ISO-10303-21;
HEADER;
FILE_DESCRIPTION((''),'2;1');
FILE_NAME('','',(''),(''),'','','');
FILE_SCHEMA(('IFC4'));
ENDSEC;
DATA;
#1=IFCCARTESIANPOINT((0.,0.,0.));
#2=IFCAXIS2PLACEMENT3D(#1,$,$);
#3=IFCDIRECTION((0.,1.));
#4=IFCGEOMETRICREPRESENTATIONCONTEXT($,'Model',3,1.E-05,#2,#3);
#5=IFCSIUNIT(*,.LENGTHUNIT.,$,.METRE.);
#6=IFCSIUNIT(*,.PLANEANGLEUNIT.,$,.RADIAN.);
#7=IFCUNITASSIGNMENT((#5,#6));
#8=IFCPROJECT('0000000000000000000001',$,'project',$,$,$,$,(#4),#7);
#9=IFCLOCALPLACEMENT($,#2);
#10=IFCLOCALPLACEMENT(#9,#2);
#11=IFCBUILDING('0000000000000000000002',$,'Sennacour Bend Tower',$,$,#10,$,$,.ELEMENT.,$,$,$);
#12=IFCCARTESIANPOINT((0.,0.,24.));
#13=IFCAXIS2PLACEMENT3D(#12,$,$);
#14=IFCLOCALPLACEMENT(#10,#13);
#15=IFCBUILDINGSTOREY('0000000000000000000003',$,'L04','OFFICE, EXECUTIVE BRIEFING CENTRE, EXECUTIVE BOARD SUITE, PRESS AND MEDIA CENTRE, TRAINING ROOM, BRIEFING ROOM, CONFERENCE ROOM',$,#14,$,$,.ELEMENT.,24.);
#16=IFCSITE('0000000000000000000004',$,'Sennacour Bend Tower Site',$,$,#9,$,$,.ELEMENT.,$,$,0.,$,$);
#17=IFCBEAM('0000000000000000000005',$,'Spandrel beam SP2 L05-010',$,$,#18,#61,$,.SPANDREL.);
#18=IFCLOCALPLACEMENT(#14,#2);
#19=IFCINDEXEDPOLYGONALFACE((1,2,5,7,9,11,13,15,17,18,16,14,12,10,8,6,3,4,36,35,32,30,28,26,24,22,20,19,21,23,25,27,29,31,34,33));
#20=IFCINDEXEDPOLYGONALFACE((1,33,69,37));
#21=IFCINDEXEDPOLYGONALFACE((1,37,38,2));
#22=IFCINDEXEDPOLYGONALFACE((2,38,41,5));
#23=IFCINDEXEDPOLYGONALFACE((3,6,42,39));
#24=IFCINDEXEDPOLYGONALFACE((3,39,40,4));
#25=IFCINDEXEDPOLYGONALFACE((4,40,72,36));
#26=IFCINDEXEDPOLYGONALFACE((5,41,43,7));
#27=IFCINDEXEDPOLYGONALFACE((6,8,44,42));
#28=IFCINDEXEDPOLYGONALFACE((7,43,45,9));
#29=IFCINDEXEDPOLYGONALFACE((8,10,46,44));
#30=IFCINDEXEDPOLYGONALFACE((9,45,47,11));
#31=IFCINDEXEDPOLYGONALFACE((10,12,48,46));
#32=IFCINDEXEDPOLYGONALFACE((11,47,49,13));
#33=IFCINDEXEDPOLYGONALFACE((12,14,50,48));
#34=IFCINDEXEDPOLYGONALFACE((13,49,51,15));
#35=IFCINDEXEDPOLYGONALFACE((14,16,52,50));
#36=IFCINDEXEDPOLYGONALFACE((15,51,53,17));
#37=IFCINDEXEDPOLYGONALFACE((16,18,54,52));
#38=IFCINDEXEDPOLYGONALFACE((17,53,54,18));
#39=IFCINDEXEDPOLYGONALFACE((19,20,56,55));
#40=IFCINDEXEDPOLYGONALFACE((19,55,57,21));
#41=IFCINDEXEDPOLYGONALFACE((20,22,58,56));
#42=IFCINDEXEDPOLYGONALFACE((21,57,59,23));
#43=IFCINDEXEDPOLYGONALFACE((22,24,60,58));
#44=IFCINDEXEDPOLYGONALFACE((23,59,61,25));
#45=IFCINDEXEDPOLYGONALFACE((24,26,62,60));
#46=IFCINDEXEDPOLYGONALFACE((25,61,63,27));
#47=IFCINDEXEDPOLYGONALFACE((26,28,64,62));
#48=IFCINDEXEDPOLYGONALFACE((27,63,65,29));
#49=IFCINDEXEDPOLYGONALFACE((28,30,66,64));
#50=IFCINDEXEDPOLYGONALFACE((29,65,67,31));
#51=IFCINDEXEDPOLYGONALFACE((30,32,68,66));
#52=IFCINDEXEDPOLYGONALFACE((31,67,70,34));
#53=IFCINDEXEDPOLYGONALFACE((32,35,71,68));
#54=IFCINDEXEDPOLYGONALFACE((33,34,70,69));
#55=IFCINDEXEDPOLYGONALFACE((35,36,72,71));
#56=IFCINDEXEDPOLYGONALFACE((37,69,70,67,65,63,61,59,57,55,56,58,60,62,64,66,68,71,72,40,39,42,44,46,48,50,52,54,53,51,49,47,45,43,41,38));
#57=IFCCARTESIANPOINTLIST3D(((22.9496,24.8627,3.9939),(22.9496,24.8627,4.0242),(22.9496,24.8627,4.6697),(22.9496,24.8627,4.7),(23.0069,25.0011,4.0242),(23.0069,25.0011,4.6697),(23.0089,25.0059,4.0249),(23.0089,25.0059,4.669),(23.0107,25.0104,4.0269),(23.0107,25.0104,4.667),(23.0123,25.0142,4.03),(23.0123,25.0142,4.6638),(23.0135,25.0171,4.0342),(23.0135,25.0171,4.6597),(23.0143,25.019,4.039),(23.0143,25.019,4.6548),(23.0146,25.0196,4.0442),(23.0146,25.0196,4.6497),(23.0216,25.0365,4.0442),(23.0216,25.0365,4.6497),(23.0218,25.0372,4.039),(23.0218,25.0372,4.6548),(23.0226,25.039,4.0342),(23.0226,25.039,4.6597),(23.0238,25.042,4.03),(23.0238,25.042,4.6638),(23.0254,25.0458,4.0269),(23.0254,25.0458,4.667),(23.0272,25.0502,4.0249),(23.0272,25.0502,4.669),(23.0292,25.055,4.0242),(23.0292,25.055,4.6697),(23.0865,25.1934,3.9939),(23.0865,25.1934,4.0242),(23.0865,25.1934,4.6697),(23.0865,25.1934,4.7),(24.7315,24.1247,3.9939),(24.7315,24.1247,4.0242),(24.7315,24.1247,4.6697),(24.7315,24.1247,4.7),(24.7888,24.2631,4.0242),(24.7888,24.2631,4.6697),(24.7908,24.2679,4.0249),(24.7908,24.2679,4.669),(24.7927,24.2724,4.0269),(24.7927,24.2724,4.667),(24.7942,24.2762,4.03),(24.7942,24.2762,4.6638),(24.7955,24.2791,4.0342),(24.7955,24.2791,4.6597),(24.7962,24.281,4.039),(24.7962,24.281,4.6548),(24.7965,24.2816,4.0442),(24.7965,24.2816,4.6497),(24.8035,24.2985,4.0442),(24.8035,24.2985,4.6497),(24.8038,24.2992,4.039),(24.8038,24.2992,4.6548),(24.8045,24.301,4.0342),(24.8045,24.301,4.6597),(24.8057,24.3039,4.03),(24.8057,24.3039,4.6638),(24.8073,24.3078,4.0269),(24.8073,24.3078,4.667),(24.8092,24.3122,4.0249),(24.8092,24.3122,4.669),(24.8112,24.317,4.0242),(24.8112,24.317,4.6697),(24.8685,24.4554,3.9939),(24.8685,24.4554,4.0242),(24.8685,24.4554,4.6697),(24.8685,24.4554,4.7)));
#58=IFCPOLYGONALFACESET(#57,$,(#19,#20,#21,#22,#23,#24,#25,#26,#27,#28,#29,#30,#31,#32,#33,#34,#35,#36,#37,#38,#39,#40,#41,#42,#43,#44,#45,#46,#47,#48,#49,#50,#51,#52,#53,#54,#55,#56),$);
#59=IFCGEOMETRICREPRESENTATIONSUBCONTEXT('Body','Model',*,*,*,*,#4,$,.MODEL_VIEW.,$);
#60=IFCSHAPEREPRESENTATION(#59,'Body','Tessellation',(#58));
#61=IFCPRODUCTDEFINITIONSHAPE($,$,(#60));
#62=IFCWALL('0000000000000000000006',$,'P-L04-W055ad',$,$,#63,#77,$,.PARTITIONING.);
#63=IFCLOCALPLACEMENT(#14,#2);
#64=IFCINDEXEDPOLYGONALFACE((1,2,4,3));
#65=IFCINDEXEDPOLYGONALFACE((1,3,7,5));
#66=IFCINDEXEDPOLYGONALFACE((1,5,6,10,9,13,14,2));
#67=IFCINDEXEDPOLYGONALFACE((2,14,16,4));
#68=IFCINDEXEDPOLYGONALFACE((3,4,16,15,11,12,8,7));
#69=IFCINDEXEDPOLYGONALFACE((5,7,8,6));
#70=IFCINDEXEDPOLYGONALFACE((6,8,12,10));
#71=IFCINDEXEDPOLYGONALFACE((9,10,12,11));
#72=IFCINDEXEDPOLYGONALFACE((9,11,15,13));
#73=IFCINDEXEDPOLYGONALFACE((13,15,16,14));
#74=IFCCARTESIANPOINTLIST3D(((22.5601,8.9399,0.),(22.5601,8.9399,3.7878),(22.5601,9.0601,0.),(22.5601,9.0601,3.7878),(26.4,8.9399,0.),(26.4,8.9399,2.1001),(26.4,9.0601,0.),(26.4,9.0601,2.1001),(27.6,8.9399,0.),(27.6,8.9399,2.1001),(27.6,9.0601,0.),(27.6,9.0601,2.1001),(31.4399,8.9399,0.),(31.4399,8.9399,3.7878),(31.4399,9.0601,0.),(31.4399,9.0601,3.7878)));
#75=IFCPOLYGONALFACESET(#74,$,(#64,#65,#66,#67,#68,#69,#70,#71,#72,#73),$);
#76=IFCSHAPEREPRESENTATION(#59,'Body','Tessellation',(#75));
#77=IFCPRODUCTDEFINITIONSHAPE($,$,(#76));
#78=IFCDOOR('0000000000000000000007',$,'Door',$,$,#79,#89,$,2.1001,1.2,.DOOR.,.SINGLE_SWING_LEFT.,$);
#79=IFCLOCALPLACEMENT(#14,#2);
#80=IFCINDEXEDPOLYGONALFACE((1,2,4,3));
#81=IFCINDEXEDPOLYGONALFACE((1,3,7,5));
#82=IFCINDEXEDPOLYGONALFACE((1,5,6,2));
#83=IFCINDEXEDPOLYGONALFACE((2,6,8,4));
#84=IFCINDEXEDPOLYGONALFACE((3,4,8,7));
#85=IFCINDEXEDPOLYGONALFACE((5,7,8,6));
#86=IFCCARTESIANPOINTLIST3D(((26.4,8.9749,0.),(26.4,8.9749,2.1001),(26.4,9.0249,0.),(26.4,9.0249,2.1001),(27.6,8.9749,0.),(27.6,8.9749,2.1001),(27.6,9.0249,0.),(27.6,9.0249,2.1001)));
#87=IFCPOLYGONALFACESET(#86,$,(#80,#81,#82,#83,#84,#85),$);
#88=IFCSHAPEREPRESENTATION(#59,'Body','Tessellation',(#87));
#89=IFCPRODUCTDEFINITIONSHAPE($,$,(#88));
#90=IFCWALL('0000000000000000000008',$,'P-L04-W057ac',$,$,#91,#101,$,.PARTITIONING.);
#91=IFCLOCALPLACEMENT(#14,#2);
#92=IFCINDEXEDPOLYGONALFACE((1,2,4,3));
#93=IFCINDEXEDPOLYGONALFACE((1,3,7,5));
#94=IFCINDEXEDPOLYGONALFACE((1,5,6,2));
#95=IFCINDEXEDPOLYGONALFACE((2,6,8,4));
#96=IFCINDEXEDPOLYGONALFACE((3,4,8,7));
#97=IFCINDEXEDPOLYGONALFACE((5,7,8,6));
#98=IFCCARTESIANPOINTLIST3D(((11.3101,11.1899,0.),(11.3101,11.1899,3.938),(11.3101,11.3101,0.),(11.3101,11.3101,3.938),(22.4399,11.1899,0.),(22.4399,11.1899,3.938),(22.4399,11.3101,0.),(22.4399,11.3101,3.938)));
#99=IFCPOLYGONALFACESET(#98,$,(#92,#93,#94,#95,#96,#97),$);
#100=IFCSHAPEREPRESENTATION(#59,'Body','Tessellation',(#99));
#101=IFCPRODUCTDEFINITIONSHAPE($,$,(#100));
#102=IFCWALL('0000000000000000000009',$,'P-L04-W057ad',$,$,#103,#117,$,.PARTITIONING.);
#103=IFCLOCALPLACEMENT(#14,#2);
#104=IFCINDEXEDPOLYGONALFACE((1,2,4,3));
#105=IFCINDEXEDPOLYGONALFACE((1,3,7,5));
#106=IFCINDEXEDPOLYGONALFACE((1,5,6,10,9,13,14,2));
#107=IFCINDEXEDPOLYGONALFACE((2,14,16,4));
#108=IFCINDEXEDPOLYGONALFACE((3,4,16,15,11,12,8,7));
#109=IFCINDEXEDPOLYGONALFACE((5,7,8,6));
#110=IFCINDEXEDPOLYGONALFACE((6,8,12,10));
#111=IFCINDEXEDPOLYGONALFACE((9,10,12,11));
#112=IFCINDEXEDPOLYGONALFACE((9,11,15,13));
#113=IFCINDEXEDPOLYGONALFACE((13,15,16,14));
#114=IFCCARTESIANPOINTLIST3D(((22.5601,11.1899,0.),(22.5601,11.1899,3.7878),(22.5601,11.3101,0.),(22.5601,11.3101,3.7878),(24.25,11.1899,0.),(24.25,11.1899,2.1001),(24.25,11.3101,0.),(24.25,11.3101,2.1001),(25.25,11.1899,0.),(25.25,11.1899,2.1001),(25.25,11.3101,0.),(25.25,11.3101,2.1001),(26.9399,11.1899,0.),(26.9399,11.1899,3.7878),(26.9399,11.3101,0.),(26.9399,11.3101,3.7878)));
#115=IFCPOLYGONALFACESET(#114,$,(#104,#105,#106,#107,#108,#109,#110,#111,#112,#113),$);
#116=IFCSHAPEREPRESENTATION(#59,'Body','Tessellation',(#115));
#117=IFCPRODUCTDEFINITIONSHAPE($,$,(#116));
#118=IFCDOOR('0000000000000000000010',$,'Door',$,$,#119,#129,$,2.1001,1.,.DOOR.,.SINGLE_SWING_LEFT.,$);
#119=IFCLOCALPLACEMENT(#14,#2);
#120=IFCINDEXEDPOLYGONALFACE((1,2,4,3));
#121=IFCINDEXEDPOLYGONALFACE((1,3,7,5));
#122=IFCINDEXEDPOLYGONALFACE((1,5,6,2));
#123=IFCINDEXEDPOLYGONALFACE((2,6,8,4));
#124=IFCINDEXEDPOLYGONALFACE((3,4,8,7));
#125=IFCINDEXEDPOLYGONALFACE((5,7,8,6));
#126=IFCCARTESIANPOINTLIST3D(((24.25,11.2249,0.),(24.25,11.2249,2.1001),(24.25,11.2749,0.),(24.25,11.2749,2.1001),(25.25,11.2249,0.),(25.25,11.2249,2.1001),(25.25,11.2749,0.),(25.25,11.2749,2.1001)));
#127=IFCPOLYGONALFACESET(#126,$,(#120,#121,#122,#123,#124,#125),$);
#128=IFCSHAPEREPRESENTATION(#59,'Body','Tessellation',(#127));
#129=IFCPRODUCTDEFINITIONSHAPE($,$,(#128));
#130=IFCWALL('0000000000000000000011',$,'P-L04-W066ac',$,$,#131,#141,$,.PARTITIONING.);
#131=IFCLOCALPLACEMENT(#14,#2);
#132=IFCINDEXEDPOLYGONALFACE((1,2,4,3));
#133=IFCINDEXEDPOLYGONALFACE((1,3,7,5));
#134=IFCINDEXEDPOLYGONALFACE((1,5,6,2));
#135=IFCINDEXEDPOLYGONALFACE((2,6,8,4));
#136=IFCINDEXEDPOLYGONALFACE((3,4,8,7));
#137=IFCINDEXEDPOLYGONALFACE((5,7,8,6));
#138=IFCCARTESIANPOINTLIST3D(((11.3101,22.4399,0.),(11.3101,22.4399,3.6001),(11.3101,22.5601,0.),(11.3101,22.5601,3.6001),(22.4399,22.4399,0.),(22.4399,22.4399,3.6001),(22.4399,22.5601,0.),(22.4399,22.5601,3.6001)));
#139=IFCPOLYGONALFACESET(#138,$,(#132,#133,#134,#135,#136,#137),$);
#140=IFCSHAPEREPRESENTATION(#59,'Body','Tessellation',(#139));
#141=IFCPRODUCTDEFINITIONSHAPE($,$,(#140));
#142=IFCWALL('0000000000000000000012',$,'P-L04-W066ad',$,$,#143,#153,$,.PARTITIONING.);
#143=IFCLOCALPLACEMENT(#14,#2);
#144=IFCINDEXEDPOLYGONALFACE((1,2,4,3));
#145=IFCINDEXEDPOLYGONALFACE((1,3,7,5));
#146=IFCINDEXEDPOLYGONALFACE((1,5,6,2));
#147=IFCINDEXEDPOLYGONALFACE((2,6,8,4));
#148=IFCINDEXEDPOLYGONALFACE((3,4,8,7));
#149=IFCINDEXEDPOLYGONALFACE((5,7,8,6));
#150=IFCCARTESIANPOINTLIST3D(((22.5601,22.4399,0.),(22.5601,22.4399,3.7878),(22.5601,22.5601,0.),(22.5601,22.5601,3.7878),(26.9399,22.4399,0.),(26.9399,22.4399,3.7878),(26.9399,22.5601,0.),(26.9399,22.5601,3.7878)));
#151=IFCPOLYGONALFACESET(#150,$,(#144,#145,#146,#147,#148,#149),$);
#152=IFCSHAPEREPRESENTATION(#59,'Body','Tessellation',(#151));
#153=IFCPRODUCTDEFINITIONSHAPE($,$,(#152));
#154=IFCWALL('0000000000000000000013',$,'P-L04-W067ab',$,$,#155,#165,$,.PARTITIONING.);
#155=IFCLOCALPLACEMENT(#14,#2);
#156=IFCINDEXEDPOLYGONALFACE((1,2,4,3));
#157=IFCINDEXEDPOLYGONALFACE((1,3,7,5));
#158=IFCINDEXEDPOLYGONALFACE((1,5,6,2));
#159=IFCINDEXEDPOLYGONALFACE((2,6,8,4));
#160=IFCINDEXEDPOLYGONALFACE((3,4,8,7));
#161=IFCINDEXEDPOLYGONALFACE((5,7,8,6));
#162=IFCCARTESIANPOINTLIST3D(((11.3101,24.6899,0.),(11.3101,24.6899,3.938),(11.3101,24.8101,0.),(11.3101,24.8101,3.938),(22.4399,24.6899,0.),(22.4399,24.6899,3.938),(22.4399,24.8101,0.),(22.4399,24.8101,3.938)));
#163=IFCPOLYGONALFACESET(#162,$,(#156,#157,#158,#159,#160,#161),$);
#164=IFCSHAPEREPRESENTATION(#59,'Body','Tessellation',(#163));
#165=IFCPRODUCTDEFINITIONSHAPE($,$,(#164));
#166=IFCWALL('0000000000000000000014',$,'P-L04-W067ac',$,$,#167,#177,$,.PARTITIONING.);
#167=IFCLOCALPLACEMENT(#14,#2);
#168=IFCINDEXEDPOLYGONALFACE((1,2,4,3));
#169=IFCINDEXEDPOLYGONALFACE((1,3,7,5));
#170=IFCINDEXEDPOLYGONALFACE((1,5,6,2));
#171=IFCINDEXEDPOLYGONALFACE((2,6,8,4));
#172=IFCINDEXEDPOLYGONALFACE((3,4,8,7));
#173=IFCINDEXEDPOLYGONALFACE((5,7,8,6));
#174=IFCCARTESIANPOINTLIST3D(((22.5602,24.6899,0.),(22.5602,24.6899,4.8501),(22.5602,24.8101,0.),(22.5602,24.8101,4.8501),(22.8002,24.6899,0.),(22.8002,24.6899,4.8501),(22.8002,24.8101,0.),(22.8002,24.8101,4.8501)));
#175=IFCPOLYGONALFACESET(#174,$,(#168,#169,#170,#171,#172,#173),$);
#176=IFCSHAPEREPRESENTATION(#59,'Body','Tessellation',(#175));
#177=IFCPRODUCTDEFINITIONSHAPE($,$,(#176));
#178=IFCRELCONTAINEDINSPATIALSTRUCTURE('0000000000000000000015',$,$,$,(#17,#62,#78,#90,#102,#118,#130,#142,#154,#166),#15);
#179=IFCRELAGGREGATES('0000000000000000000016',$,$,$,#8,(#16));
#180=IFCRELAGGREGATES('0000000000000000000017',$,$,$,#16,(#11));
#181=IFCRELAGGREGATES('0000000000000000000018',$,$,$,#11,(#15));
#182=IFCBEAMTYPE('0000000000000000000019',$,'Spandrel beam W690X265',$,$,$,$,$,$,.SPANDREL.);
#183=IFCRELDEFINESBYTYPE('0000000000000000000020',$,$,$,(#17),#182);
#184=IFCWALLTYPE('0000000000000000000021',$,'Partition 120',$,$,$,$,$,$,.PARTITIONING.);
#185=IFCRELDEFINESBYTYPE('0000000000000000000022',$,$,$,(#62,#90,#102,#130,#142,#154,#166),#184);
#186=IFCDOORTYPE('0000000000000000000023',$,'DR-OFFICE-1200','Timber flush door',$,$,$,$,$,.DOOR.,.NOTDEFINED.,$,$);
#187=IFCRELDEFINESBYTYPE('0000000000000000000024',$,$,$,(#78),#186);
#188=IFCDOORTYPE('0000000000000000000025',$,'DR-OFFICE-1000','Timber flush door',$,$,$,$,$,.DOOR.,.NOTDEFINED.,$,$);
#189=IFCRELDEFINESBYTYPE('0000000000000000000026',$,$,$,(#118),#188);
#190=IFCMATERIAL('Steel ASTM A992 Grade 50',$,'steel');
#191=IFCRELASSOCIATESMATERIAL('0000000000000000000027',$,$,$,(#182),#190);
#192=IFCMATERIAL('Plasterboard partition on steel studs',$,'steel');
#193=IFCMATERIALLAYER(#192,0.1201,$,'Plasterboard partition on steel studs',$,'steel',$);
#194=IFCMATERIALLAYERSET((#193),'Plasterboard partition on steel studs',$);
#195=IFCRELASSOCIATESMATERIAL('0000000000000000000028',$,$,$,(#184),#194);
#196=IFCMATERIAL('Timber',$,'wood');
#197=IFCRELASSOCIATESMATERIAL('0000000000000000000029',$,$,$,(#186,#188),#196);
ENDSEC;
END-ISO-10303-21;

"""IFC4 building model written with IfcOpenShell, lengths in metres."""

from ifc_helpers import new_model, si_unit, direction, frame, frame_2d, origin, origin_2d, place, context, subcontext, project, spatial, rectangle, i_section, extrude, material, layer, layer_set, material_profile, profile_set, type_object, element, fill, save


model = new_model("IFC4")

# Units and contexts
model_context = context("Model", 3, precision=1e-05, world=origin(), true_north=direction((0.0, 1.0)))
body_context = subcontext(model_context, "Body", "Model", "MODEL_VIEW")
ifc_project = project(units=[si_unit("LENGTHUNIT", "METRE"), si_unit("PLANEANGLEUNIT", "RADIAN")], contexts=[model_context])

# Site, building, storey
site_placement = place(None, origin())
site = spatial("IfcSite", under=ifc_project, at=site_placement, Name="Sennacour Bend Tower Site", CompositionType="ELEMENT", RefElevation=0.0)
building_placement = place(site_placement, origin())
building = spatial("IfcBuilding", under=site, at=building_placement, Name="Sennacour Bend Tower", CompositionType="ELEMENT")
storey_placement = place(building_placement, frame((0.0, 0.0, 24.0)))
storey = spatial("IfcBuildingStorey", under=building, at=storey_placement, Name="L04", Description="OFFICE, EXECUTIVE BRIEFING CENTRE, EXECUTIVE BOARD SUITE, PRESS AND MEDIA CENTRE, TRAINING ROOM, BRIEFING ROOM, CONFERENCE ROOM", CompositionType="ELEMENT", Elevation=24.0)

# Beam
ifc_material_1 = material(Name="Steel ASTM A992 Grade 50", Category="steel")
ifc_material_profile_1 = material_profile(ifc_material_1, i_section(OverallWidth=0.3579, OverallDepth=0.7061, WebThickness=0.0183, FlangeThickness=0.0303, FilletRadius=0.02, at=origin_2d()), Name="Steel ASTM A992 Grade 50", Category="steel")
ifc_profile_set_1 = profile_set([ifc_material_profile_1], Name="Steel ASTM A992 Grade 50")
beam_type_1 = type_object("IfcBeamType", Name="Spandrel beam W690X265", PredefinedType="SPANDREL", material=ifc_profile_set_1)
beam_1_placement = place(storey_placement, frame((23.0181, 25.0281, 4.3469), z_axis=(0.923895, -0.382646, 0.0), x_axis=(0.382646, 0.923895, 0.0)))
element("IfcBeam", 1, at=beam_1_placement, inside=storey, type_object=beam_type_1, Name="Spandrel beam SP2 L05-010", PredefinedType="SPANDREL", context=body_context, shape_type="SweptSolid", body=[
    extrude(i_section(OverallWidth=0.3579, OverallDepth=0.7061, WebThickness=0.0183, FlangeThickness=0.0303, FilletRadius=0.02, at=origin_2d()), origin(), (0.0, 0.0, 1.0), 1.9287),
])

# Wall, opening, door
ifc_material_2 = material(Name="Plasterboard partition on steel studs", Category="steel")
ifc_layer = layer(ifc_material_2, 0.1201, Name="Plasterboard partition on steel studs", Category="steel")
ifc_layer_set = layer_set([ifc_layer], Name="Plasterboard partition on steel studs")
wall_type = type_object("IfcWallType", Name="Partition 120", PredefinedType="PARTITIONING", material=ifc_layer_set)
wall_1_placement = place(storey_placement, frame((22.5601, 9.0, 0.0), z_axis=(0.0, 0.0, 1.0), x_axis=(1.0, 0.0, 0.0)))
wall_1 = element("IfcWall", 2, at=wall_1_placement, inside=storey, type_object=wall_type, Name="P-L04-W055ad", PredefinedType="PARTITIONING", context=body_context, shape_type="SweptSolid", body=[
    extrude(rectangle(XDim=8.8799, YDim=0.1201, at=frame_2d((4.4399, 0.0))), origin(), (0.0, 0.0, 1.0), 3.7878),
])
opening_1_placement = place(wall_1_placement, frame((3.8398, 0.0, 0.0)))
opening_1 = element("IfcOpeningElement", 3, at=opening_1_placement, cuts=wall_1, PredefinedType="OPENING", context=body_context, shape_type="SweptSolid", body=[
    extrude(rectangle(XDim=1.2, YDim=2.1001, at=frame_2d((0.6001, 1.05))), frame((0.0, 0.0701, 0.0), z_axis=(0.0, -1.0, 0.0), x_axis=(1.0, 0.0, 0.0)), (0.0, 0.0, 1.0), 0.1401),
])
ifc_material_3 = material(Name="Timber", Category="wood")
door_type_1 = type_object("IfcDoorType", Name="DR-OFFICE-1200", Description="Timber flush door", OperationType="NOTDEFINED", PredefinedType="DOOR", material=ifc_material_3)
door_1_placement = place(opening_1_placement, origin())
door_1 = element("IfcDoor", 4, at=door_1_placement, inside=storey, type_object=door_type_1, Name="Door", OperationType="SINGLE_SWING_LEFT", OverallHeight=2.1001, OverallWidth=1.2, PredefinedType="DOOR", context=body_context, shape_type="SweptSolid", body=[
    extrude(rectangle(XDim=1.2, YDim=2.1001, at=frame_2d((0.6001, 1.05))), frame((0.0, 0.0249, 0.0), z_axis=(0.0, -1.0, 0.0), x_axis=(1.0, 0.0, 0.0)), (0.0, 0.0, 1.0), 0.05),
])
fill(opening_1, door_1)

# Wall
wall_2_placement = place(storey_placement, frame((11.3101, 11.25, 0.0), z_axis=(0.0, 0.0, 1.0), x_axis=(1.0, 0.0, 0.0)))
element("IfcWall", 5, at=wall_2_placement, inside=storey, type_object=wall_type, Name="P-L04-W057ac", PredefinedType="PARTITIONING", context=body_context, shape_type="SweptSolid", body=[
    extrude(rectangle(XDim=11.1299, YDim=0.1201, at=frame_2d((5.5649, 0.0))), origin(), (0.0, 0.0, 1.0), 3.938),
])

# Wall, opening, door
wall_3_placement = place(storey_placement, frame((22.5601, 11.25, 0.0), z_axis=(0.0, 0.0, 1.0), x_axis=(1.0, 0.0, 0.0)))
wall_3 = element("IfcWall", 6, at=wall_3_placement, inside=storey, type_object=wall_type, Name="P-L04-W057ad", PredefinedType="PARTITIONING", context=body_context, shape_type="SweptSolid", body=[
    extrude(rectangle(XDim=4.3799, YDim=0.1201, at=frame_2d((2.1899, 0.0))), origin(), (0.0, 0.0, 1.0), 3.7878),
])
opening_2_placement = place(wall_3_placement, frame((1.6899, 0.0, 0.0)))
opening_2 = element("IfcOpeningElement", 7, at=opening_2_placement, cuts=wall_3, PredefinedType="OPENING", context=body_context, shape_type="SweptSolid", body=[
    extrude(rectangle(XDim=1.0, YDim=2.1001, at=frame_2d((0.5, 1.05))), frame((0.0, 0.0701, 0.0), z_axis=(0.0, -1.0, 0.0), x_axis=(1.0, 0.0, 0.0)), (0.0, 0.0, 1.0), 0.1401),
])
door_type_2 = type_object("IfcDoorType", Name="DR-OFFICE-1000", Description="Timber flush door", OperationType="NOTDEFINED", PredefinedType="DOOR", material=ifc_material_3)
door_2_placement = place(opening_2_placement, origin())
door_2 = element("IfcDoor", 8, at=door_2_placement, inside=storey, type_object=door_type_2, Name="Door", OperationType="SINGLE_SWING_LEFT", OverallHeight=2.1001, OverallWidth=1.0, PredefinedType="DOOR", context=body_context, shape_type="SweptSolid", body=[
    extrude(rectangle(XDim=1.0, YDim=2.1001, at=frame_2d((0.5, 1.05))), frame((0.0, 0.0249, 0.0), z_axis=(0.0, -1.0, 0.0), x_axis=(1.0, 0.0, 0.0)), (0.0, 0.0, 1.0), 0.05),
])
fill(opening_2, door_2)

# Walls
wall_4_placement = place(storey_placement, frame((11.3101, 22.5, 0.0), z_axis=(0.0, 0.0, 1.0), x_axis=(1.0, 0.0, 0.0)))
element("IfcWall", 9, at=wall_4_placement, inside=storey, type_object=wall_type, Name="P-L04-W066ac", PredefinedType="PARTITIONING", context=body_context, shape_type="SweptSolid", body=[
    extrude(rectangle(XDim=11.1299, YDim=0.1201, at=frame_2d((5.5649, 0.0))), origin(), (0.0, 0.0, 1.0), 3.6001),
])
wall_5_placement = place(storey_placement, frame((22.5601, 22.5, 0.0), z_axis=(0.0, 0.0, 1.0), x_axis=(1.0, 0.0, 0.0)))
element("IfcWall", 10, at=wall_5_placement, inside=storey, type_object=wall_type, Name="P-L04-W066ad", PredefinedType="PARTITIONING", context=body_context, shape_type="SweptSolid", body=[
    extrude(rectangle(XDim=4.3799, YDim=0.1201, at=frame_2d((2.1899, 0.0))), origin(), (0.0, 0.0, 1.0), 3.7878),
])
wall_6_placement = place(storey_placement, frame((11.3101, 24.75, 0.0), z_axis=(0.0, 0.0, 1.0), x_axis=(1.0, 0.0, 0.0)))
element("IfcWall", 11, at=wall_6_placement, inside=storey, type_object=wall_type, Name="P-L04-W067ab", PredefinedType="PARTITIONING", context=body_context, shape_type="SweptSolid", body=[
    extrude(rectangle(XDim=11.1299, YDim=0.1201, at=frame_2d((5.5649, 0.0))), origin(), (0.0, 0.0, 1.0), 3.938),
])
wall_7_placement = place(storey_placement, frame((22.5601, 24.75, 0.0), z_axis=(0.0, 0.0, 1.0), x_axis=(1.0, 0.0, 0.0)))
element("IfcWall", 12, at=wall_7_placement, inside=storey, type_object=wall_type, Name="P-L04-W067ac", PredefinedType="PARTITIONING", context=body_context, shape_type="SweptSolid", body=[
    extrude(rectangle(XDim=0.24, YDim=0.1201, at=frame_2d((0.1201, 0.0))), origin(), (0.0, 0.0, 1.0), 4.8501),
])

save(model, "model.ifc")
